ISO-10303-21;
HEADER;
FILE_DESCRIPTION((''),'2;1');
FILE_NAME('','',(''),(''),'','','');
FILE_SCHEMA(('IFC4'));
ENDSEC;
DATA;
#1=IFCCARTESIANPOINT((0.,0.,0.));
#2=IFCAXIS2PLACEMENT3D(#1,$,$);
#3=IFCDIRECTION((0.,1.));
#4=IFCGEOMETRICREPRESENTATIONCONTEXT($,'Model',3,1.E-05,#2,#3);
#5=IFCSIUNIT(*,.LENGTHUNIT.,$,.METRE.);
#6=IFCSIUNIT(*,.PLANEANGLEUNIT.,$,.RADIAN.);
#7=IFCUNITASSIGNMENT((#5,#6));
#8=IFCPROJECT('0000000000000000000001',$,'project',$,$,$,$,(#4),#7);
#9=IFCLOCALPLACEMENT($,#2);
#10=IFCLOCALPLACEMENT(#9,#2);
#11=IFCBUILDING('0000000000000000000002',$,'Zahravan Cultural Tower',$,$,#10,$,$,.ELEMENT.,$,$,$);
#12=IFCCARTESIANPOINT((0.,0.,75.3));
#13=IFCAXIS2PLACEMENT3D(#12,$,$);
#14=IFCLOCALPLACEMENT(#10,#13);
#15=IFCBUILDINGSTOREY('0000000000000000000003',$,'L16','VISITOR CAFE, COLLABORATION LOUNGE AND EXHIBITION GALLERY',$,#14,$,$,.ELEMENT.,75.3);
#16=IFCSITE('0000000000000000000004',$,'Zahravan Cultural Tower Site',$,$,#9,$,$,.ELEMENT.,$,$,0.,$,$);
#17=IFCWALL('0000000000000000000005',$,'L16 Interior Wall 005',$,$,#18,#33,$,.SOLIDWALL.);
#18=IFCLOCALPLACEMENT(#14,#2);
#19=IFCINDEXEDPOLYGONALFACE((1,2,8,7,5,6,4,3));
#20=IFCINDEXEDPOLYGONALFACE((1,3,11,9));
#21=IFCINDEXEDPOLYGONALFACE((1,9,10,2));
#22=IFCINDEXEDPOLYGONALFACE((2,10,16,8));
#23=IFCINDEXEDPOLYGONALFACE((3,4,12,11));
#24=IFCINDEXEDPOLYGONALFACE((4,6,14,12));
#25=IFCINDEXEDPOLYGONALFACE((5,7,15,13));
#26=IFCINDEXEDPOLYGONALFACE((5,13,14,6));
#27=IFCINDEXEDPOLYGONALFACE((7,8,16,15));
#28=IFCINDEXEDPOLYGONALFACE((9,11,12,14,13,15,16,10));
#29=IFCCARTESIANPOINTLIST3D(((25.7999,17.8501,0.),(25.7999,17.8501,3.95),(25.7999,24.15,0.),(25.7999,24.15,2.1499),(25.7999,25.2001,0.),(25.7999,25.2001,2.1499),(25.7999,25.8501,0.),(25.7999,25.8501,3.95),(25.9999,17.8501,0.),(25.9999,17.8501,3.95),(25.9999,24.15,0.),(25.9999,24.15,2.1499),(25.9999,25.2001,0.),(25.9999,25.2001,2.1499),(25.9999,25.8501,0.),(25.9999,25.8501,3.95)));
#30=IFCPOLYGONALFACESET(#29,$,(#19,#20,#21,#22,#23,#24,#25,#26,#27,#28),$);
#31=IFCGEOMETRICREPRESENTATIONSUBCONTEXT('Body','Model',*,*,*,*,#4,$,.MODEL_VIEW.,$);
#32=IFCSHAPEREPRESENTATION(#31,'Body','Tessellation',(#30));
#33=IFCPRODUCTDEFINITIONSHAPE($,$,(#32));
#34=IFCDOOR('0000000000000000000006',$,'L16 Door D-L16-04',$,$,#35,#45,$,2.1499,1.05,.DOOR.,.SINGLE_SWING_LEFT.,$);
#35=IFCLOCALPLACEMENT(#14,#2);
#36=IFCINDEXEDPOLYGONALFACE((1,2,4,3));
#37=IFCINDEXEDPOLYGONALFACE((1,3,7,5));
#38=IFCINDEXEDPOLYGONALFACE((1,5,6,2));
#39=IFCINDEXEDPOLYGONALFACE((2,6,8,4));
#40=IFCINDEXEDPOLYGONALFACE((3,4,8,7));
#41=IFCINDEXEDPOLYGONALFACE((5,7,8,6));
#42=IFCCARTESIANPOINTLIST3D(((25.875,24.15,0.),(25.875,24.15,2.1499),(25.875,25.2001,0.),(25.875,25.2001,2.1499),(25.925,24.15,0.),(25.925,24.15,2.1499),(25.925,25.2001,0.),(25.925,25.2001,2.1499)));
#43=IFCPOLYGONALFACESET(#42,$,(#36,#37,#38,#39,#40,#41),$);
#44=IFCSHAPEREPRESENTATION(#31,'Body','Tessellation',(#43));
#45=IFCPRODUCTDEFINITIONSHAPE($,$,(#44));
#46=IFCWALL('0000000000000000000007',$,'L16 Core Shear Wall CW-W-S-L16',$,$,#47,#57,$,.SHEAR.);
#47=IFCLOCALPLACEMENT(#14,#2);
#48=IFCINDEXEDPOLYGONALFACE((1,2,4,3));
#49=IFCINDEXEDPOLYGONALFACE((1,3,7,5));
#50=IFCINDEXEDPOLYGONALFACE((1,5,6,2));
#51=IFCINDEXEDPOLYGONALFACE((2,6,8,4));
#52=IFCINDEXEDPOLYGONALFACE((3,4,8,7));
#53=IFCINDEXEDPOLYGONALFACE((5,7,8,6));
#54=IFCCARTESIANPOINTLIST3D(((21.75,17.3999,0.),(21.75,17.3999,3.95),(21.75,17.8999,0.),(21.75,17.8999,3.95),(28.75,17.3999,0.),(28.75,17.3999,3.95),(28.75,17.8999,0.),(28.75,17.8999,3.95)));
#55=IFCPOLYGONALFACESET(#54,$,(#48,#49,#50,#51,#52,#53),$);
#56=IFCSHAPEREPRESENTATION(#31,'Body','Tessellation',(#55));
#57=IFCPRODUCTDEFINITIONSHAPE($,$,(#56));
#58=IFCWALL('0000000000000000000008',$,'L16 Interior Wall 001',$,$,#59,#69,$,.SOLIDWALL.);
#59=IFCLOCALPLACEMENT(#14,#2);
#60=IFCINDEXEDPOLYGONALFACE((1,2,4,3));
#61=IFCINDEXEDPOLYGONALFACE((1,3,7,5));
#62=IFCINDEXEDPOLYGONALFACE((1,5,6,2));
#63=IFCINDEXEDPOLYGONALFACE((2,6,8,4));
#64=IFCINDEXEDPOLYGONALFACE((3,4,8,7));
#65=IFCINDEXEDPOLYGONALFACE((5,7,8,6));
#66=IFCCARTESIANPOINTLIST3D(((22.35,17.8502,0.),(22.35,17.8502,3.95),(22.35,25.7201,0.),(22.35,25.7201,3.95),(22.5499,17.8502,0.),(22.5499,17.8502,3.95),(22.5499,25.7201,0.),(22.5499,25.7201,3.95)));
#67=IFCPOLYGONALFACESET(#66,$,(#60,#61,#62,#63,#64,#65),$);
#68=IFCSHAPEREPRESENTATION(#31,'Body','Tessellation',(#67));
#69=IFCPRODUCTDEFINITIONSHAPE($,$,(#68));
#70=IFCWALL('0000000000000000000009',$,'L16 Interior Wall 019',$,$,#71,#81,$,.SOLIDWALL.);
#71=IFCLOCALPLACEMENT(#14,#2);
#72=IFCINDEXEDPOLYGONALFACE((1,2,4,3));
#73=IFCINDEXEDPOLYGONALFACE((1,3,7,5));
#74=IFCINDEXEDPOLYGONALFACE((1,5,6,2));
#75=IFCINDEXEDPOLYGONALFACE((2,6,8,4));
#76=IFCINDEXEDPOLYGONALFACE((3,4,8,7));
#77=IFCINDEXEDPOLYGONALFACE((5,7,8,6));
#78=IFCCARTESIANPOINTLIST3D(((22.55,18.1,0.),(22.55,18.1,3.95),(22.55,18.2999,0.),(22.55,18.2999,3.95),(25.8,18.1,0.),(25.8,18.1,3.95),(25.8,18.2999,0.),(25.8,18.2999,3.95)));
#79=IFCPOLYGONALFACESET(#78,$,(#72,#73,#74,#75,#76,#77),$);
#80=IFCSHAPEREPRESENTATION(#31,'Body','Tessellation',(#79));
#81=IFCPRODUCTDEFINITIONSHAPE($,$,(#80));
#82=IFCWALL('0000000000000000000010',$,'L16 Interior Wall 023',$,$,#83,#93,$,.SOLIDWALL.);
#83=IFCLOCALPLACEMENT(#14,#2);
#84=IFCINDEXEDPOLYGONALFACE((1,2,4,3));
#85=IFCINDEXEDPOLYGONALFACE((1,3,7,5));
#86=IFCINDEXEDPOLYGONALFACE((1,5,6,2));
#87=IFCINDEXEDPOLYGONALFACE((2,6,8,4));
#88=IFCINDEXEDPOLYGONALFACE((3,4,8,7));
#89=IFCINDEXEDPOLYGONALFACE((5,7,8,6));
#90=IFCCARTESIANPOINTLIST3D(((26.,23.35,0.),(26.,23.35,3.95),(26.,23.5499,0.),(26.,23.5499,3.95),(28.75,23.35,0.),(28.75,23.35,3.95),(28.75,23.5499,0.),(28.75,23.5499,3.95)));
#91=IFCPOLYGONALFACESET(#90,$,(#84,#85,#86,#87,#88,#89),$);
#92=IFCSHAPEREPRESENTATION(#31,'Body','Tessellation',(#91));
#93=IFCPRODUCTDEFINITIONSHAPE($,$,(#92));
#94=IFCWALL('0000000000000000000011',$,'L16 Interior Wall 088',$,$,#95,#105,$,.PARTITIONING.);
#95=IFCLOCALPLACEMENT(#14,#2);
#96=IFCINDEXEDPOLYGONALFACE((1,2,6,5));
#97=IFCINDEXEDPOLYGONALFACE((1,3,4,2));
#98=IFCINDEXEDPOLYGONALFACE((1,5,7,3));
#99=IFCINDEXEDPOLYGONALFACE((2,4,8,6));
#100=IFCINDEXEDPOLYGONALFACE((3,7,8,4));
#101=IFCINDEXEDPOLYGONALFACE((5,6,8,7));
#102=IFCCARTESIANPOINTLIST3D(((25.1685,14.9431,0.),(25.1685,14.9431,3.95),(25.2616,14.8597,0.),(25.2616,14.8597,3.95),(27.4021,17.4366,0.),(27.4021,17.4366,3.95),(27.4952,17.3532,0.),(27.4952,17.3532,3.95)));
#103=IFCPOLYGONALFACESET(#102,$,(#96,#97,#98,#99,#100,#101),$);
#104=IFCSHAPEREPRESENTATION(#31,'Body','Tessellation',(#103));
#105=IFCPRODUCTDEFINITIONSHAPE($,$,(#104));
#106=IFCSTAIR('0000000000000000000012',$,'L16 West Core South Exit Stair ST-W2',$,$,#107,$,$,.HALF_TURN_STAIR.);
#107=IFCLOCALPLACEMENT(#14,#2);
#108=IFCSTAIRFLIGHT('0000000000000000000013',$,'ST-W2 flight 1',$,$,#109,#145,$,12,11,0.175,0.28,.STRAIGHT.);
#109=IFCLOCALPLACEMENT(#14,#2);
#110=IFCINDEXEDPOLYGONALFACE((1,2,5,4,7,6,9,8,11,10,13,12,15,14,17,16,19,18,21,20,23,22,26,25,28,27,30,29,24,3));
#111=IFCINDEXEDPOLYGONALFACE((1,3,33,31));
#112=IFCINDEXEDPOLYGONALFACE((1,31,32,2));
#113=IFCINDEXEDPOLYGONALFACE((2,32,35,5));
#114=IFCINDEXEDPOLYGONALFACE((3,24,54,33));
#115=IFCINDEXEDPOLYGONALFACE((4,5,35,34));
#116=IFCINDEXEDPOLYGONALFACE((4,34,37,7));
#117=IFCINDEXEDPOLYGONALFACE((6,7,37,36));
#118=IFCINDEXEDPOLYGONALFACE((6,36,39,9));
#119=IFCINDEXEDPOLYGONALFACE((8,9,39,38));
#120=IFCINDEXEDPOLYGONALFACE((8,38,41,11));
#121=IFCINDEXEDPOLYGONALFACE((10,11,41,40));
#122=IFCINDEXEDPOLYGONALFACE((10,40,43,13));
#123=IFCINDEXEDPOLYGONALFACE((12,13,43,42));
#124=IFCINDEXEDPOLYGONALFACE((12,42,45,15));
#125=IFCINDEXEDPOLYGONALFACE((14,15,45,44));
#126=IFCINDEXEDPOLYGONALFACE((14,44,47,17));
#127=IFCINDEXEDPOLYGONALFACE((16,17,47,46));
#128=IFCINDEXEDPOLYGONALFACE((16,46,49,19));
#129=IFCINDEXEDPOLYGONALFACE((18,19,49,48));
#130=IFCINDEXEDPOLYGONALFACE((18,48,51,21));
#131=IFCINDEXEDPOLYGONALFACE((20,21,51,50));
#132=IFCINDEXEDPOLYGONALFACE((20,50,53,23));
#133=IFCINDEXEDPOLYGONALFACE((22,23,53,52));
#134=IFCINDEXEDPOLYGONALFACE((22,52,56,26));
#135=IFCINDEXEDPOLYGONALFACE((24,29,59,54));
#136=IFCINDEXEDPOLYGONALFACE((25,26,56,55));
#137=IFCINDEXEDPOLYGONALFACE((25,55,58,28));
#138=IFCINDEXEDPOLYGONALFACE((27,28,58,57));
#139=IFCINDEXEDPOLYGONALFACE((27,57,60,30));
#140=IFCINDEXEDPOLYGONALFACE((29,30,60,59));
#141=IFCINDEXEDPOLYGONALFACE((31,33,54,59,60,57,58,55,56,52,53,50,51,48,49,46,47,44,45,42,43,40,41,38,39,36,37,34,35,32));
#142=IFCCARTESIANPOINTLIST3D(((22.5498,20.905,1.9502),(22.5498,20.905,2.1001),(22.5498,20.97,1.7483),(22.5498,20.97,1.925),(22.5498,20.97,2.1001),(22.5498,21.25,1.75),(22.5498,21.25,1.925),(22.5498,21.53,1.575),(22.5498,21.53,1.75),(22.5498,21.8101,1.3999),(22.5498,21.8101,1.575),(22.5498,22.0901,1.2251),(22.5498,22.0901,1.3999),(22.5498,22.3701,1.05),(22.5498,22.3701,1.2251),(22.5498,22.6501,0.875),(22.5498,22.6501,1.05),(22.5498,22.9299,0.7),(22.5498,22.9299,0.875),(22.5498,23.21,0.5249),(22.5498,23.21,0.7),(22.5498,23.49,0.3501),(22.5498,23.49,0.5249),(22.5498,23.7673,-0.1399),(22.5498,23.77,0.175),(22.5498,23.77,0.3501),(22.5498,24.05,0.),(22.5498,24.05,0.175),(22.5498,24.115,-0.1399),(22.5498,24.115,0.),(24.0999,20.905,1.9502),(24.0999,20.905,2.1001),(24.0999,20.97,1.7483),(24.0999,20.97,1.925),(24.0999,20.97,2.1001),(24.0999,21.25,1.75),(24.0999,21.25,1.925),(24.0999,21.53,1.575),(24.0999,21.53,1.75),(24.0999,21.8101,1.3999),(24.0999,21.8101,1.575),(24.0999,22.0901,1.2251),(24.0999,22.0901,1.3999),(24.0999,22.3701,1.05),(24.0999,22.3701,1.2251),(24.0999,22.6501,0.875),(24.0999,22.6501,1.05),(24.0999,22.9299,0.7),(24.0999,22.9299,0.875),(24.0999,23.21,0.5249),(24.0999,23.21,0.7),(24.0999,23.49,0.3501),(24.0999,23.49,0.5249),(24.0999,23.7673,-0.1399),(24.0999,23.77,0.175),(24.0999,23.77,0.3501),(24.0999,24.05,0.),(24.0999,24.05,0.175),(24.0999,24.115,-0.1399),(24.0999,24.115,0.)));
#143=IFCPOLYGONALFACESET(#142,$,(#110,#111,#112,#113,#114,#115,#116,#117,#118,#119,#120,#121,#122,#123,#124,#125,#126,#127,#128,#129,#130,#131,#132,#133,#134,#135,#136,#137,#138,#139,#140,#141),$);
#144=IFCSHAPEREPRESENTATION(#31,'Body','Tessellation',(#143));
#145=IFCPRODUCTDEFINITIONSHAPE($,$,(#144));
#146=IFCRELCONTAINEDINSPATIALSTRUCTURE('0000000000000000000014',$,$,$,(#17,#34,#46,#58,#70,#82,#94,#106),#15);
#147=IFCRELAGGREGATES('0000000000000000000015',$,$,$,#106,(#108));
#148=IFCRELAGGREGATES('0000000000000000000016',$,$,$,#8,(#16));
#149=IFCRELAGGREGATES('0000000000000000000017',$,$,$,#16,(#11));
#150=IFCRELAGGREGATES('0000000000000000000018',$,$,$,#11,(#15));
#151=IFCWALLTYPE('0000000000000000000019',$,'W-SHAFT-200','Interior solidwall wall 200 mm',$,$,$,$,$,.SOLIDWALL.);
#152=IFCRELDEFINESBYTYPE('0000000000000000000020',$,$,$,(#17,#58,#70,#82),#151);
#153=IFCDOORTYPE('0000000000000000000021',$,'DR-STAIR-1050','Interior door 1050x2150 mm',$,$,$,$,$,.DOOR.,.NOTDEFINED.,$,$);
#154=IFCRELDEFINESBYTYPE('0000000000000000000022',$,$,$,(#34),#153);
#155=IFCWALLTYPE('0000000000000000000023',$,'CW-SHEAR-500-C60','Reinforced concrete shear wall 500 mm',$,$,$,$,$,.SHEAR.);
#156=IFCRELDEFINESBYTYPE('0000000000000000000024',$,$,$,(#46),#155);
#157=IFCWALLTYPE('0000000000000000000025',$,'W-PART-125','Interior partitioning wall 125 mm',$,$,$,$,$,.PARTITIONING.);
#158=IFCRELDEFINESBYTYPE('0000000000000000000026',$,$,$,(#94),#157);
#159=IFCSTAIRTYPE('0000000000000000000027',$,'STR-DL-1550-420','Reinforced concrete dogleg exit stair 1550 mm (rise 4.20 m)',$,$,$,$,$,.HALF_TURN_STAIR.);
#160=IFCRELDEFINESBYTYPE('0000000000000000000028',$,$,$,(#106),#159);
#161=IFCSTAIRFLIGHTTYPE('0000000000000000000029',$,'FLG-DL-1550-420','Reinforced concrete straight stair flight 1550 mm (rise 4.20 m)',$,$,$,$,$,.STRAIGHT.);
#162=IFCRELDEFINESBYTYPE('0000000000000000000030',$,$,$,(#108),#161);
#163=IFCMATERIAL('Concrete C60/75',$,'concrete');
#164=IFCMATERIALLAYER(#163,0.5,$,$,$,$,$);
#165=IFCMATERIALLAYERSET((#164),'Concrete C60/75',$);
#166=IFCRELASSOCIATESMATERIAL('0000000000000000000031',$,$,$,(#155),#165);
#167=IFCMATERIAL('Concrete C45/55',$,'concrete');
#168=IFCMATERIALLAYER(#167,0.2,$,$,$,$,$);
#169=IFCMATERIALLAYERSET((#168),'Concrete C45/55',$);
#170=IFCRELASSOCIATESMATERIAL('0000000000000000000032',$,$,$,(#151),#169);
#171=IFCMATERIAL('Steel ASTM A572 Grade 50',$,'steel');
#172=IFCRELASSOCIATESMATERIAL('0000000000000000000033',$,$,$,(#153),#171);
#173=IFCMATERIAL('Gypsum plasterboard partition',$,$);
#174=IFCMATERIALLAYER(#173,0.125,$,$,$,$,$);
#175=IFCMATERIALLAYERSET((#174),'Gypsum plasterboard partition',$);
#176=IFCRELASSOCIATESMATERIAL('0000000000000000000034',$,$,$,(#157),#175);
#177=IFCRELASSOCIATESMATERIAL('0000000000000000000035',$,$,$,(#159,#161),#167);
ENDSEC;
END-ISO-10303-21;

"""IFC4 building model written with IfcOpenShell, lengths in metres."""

from ifc_helpers import new_model, si_unit, direction, frame, frame_2d, origin, place, context, subcontext, project, spatial, polyline, rectangle, outline, extrude, source, transform, mapped, material, layer, layer_set, type_object, element, fill, aggregate, save


model = new_model("IFC4")

# Units and contexts
model_context = context("Model", 3, precision=1e-05, world=origin(), true_north=direction((0.0, 1.0)))
body_context = subcontext(model_context, "Body", "Model", "MODEL_VIEW")
ifc_project = project(units=[si_unit("LENGTHUNIT", "METRE"), si_unit("PLANEANGLEUNIT", "RADIAN")], contexts=[model_context])

# Site, building, storey
site_placement = place(None, origin())
site = spatial("IfcSite", under=ifc_project, at=site_placement, Name="Zahravan Cultural Tower Site", CompositionType="ELEMENT", RefElevation=0.0)
building_placement = place(site_placement, origin())
building = spatial("IfcBuilding", under=site, at=building_placement, Name="Zahravan Cultural Tower", CompositionType="ELEMENT")
storey_placement = place(building_placement, frame((0.0, 0.0, 75.3)))
storey = spatial("IfcBuildingStorey", under=building, at=storey_placement, Name="L16", Description="VISITOR CAFE, COLLABORATION LOUNGE AND EXHIBITION GALLERY", CompositionType="ELEMENT", Elevation=75.3)

# Shared definitions
ifc_material_1 = material(Name="Concrete C60/75", Category="concrete")

# Shared definitions
ifc_layer_1 = layer(ifc_material_1, 0.5)
ifc_layer_set_1 = layer_set([ifc_layer_1], Name="Concrete C60/75")
wall_type_1 = type_object("IfcWallType", Name="CW-SHEAR-500-C60", Description="Reinforced concrete shear wall 500 mm", PredefinedType="SHEAR", material=ifc_layer_set_1)
ifc_material_2 = material(Name="Steel ASTM A572 Grade 50", Category="steel")

# Wall, opening, door
ifc_material_3 = material(Name="Concrete C45/55", Category="concrete")
ifc_layer_2 = layer(ifc_material_3, 0.2)
ifc_layer_set_2 = layer_set([ifc_layer_2], Name="Concrete C45/55")
wall_type_2 = type_object("IfcWallType", Name="W-SHAFT-200", Description="Interior solidwall wall 200 mm", PredefinedType="SOLIDWALL", material=ifc_layer_set_2)
wall_1_placement = place(storey_placement, frame((25.8999, 17.8501, 0.0), z_axis=(0.0, 0.0, 1.0), x_axis=(0.0, 1.0, 0.0)))
wall_1 = element("IfcWall", 1, at=wall_1_placement, inside=storey, type_object=wall_type_2, Name="L16 Interior Wall 005", PredefinedType="SOLIDWALL", context=body_context, shape_type="SweptSolid", body=[
    extrude(rectangle(XDim=8.0, YDim=0.2, at=frame_2d((4.0, 0.0))), origin(), (0.0, 0.0, 1.0), 3.95),
])
opening_1_placement = place(wall_1_placement, frame((6.3, 0.0, 0.0)))
opening_1 = element("IfcOpeningElement", 2, at=opening_1_placement, cuts=wall_1, PredefinedType="OPENING", context=body_context, shape_type="SweptSolid", body=[
    extrude(rectangle(XDim=1.05, YDim=2.1499, at=frame_2d((0.5249, 1.075))), frame((0.0, 0.1099, 0.0), z_axis=(0.0, -1.0, 0.0), x_axis=(1.0, 0.0, 0.0)), (0.0, 0.0, 1.0), 0.22),
])
door_type_1 = type_object("IfcDoorType", Name="DR-STAIR-1050", Description="Interior door 1050x2150 mm", OperationType="NOTDEFINED", PredefinedType="DOOR", material=ifc_material_2)
shared_shape_1 = source(origin(), body_context, "Body", "SweptSolid", [
    extrude(rectangle(XDim=1.05, YDim=2.1499, at=frame_2d((0.5249, 1.075))), frame((0.0, 0.0249, 0.0), z_axis=(0.0, -1.0, 0.0), x_axis=(1.0, 0.0, 0.0)), (0.0, 0.0, 1.0), 0.05),
])
door_1_placement = place(opening_1_placement, origin())
door_1 = element("IfcDoor", 3, at=door_1_placement, inside=storey, type_object=door_type_1, Name="L16 Door D-L16-04", OperationType="SINGLE_SWING_LEFT", OverallHeight=2.1499, OverallWidth=1.05, PredefinedType="DOOR", context=body_context, shape_type="MappedRepresentation", body=[
    mapped(shared_shape_1, transform((0.0, 0.0, 0.0), x_axis=(1.0, 0.0, 0.0), y_axis=(0.0, 1.0, 0.0), z_axis=(0.0, 0.0, 1.0), scale=1.0)),
])
fill(opening_1, door_1)

# Walls
shared_shape_2 = source(origin(), body_context, "Body", "SweptSolid", [
    extrude(rectangle(XDim=7.0, YDim=0.5, at=frame_2d((3.5, 0.0))), origin(), (0.0, 0.0, 1.0), 3.95),
])
wall_2_placement = place(storey_placement, frame((21.75, 17.6499, 0.0), z_axis=(0.0, 0.0, 1.0), x_axis=(1.0, 0.0, 0.0)))
element("IfcWall", 4, at=wall_2_placement, inside=storey, type_object=wall_type_1, Name="L16 Core Shear Wall CW-W-S-L16", PredefinedType="SHEAR", context=body_context, shape_type="MappedRepresentation", body=[
    mapped(shared_shape_2, transform((0.0, 0.0, 0.0), x_axis=(1.0, 0.0, 0.0), y_axis=(0.0, 1.0, 0.0), z_axis=(0.0, 0.0, 1.0), scale=1.0)),
])
shared_shape_3 = source(origin(), body_context, "Body", "SweptSolid", [
    extrude(rectangle(XDim=7.8699, YDim=0.2, at=frame_2d((3.9351, 0.0))), origin(), (0.0, 0.0, 1.0), 3.95),
])
wall_3_placement = place(storey_placement, frame((22.45, 17.8501, 0.0), z_axis=(0.0, 0.0, 1.0), x_axis=(0.0, 1.0, 0.0)))
element("IfcWall", 5, at=wall_3_placement, inside=storey, type_object=wall_type_2, Name="L16 Interior Wall 001", PredefinedType="SOLIDWALL", context=body_context, shape_type="MappedRepresentation", body=[
    mapped(shared_shape_3, transform((0.0, 0.0, 0.0), x_axis=(1.0, 0.0, 0.0), y_axis=(0.0, 1.0, 0.0), z_axis=(0.0, 0.0, 1.0), scale=1.0)),
])
shared_shape_4 = source(origin(), body_context, "Body", "SweptSolid", [
    extrude(rectangle(XDim=3.25, YDim=0.2, at=frame_2d((1.625, 0.0))), origin(), (0.0, 0.0, 1.0), 3.95),
])
wall_4_placement = place(storey_placement, frame((22.55, 18.2, 0.0), z_axis=(0.0, 0.0, 1.0), x_axis=(1.0, 0.0, 0.0)))
element("IfcWall", 6, at=wall_4_placement, inside=storey, type_object=wall_type_2, Name="L16 Interior Wall 019", PredefinedType="SOLIDWALL", context=body_context, shape_type="MappedRepresentation", body=[
    mapped(shared_shape_4, transform((0.0, 0.0, 0.0), x_axis=(1.0, 0.0, 0.0), y_axis=(0.0, 1.0, 0.0), z_axis=(0.0, 0.0, 1.0), scale=1.0)),
])
shared_shape_5 = source(origin(), body_context, "Body", "SweptSolid", [
    extrude(rectangle(XDim=2.75, YDim=0.2, at=frame_2d((1.375, 0.0))), origin(), (0.0, 0.0, 1.0), 3.95),
])
wall_5_placement = place(storey_placement, frame((26.0, 23.45, 0.0), z_axis=(0.0, 0.0, 1.0), x_axis=(1.0, 0.0, 0.0)))
element("IfcWall", 7, at=wall_5_placement, inside=storey, type_object=wall_type_2, Name="L16 Interior Wall 023", PredefinedType="SOLIDWALL", context=body_context, shape_type="MappedRepresentation", body=[
    mapped(shared_shape_5, transform((0.0, 0.0, 0.0), x_axis=(1.0, 0.0, 0.0), y_axis=(0.0, 1.0, 0.0), z_axis=(0.0, 0.0, 1.0), scale=1.0)),
])
ifc_material_4 = material(Name="Gypsum plasterboard partition")
ifc_layer_3 = layer(ifc_material_4, 0.125)
ifc_layer_set_3 = layer_set([ifc_layer_3], Name="Gypsum plasterboard partition")
wall_type_3 = type_object("IfcWallType", Name="W-PART-125", Description="Interior partitioning wall 125 mm", PredefinedType="PARTITIONING", material=ifc_layer_set_3)
shared_shape_6 = source(origin(), body_context, "Body", "SweptSolid", [
    extrude(rectangle(XDim=3.3477, YDim=0.125, at=frame_2d((1.6738, 0.0))), origin(), (0.0, 0.0, 1.0), 3.95),
])
wall_6_placement = place(storey_placement, frame((25.2151, 14.9014, 0.0), z_axis=(0.0, 0.0, 1.0), x_axis=(0.667206, 0.744873, 0.0)))
element("IfcWall", 8, at=wall_6_placement, inside=storey, type_object=wall_type_3, Name="L16 Interior Wall 088", PredefinedType="PARTITIONING", context=body_context, shape_type="MappedRepresentation", body=[
    mapped(shared_shape_6, transform((0.0, 0.0, 0.0), x_axis=(1.0, 0.0, 0.0), y_axis=(0.0, 1.0, 0.0), z_axis=(0.0, 0.0, 1.0), scale=1.0)),
])

# Stair, stair flight
stair_type = type_object("IfcStairType", Name="STR-DL-1550-420", Description="Reinforced concrete dogleg exit stair 1550 mm (rise 4.20 m)", PredefinedType="HALF_TURN_STAIR", material=ifc_material_3)
stair_placement = place(storey_placement, origin())
stair = element("IfcStair", 9, at=stair_placement, inside=storey, type_object=stair_type, Name="L16 West Core South Exit Stair ST-W2", PredefinedType="HALF_TURN_STAIR")
stair_flight_type = type_object("IfcStairFlightType", Name="FLG-DL-1550-420", Description="Reinforced concrete straight stair flight 1550 mm (rise 4.20 m)", PredefinedType="STRAIGHT", material=ifc_material_3)
stair_flight_1_placement = place(storey_placement, frame((23.325, 24.05, 0.0), z_axis=(0.0, 0.0, 1.0), x_axis=(0.0, -1.0, 0.0)))
stair_flight_1 = element("IfcStairFlight", 10, at=stair_flight_1_placement, type_object=stair_flight_type, Name="ST-W2 flight 1", NumberOfRisers=12, NumberOfTreads=11, PredefinedType="STRAIGHT", RiserHeight=0.175, TreadLength=0.28, context=body_context, shape_type="SweptSolid", body=[
    extrude(outline(polyline([(-0.0649, -0.1399), (-0.0649, 0.0), (0.0, 0.0), (0.0, 0.175), (0.28, 0.175), (0.28, 0.3501), (0.5601, 0.3501), (0.5601, 0.5249), (0.8401, 0.5249), (0.8401, 0.7), (1.1201, 0.7), (1.1201, 0.875), (1.3999, 0.875), (1.3999, 1.05), (1.6799, 1.05), (1.6799, 1.2251), (1.96, 1.2251), (1.96, 1.3999), (2.24, 1.3999), (2.24, 1.575), (2.52, 1.575), (2.52, 1.75), (2.8, 1.75), (2.8, 1.925), (3.0801, 1.925), (3.0801, 2.1001), (3.145, 2.1001), (3.145, 1.9502), (3.0801, 1.7483), (0.2827, -0.1399), (-0.0649, -0.1399)])), frame((0.0, 0.7749, 0.0), z_axis=(0.0, -1.0, 0.0), x_axis=(1.0, 0.0, 0.0)), (0.0, 0.0, 1.0), 1.55),
])
aggregate(stair, [stair_flight_1])

save(model, "model.ifc")
